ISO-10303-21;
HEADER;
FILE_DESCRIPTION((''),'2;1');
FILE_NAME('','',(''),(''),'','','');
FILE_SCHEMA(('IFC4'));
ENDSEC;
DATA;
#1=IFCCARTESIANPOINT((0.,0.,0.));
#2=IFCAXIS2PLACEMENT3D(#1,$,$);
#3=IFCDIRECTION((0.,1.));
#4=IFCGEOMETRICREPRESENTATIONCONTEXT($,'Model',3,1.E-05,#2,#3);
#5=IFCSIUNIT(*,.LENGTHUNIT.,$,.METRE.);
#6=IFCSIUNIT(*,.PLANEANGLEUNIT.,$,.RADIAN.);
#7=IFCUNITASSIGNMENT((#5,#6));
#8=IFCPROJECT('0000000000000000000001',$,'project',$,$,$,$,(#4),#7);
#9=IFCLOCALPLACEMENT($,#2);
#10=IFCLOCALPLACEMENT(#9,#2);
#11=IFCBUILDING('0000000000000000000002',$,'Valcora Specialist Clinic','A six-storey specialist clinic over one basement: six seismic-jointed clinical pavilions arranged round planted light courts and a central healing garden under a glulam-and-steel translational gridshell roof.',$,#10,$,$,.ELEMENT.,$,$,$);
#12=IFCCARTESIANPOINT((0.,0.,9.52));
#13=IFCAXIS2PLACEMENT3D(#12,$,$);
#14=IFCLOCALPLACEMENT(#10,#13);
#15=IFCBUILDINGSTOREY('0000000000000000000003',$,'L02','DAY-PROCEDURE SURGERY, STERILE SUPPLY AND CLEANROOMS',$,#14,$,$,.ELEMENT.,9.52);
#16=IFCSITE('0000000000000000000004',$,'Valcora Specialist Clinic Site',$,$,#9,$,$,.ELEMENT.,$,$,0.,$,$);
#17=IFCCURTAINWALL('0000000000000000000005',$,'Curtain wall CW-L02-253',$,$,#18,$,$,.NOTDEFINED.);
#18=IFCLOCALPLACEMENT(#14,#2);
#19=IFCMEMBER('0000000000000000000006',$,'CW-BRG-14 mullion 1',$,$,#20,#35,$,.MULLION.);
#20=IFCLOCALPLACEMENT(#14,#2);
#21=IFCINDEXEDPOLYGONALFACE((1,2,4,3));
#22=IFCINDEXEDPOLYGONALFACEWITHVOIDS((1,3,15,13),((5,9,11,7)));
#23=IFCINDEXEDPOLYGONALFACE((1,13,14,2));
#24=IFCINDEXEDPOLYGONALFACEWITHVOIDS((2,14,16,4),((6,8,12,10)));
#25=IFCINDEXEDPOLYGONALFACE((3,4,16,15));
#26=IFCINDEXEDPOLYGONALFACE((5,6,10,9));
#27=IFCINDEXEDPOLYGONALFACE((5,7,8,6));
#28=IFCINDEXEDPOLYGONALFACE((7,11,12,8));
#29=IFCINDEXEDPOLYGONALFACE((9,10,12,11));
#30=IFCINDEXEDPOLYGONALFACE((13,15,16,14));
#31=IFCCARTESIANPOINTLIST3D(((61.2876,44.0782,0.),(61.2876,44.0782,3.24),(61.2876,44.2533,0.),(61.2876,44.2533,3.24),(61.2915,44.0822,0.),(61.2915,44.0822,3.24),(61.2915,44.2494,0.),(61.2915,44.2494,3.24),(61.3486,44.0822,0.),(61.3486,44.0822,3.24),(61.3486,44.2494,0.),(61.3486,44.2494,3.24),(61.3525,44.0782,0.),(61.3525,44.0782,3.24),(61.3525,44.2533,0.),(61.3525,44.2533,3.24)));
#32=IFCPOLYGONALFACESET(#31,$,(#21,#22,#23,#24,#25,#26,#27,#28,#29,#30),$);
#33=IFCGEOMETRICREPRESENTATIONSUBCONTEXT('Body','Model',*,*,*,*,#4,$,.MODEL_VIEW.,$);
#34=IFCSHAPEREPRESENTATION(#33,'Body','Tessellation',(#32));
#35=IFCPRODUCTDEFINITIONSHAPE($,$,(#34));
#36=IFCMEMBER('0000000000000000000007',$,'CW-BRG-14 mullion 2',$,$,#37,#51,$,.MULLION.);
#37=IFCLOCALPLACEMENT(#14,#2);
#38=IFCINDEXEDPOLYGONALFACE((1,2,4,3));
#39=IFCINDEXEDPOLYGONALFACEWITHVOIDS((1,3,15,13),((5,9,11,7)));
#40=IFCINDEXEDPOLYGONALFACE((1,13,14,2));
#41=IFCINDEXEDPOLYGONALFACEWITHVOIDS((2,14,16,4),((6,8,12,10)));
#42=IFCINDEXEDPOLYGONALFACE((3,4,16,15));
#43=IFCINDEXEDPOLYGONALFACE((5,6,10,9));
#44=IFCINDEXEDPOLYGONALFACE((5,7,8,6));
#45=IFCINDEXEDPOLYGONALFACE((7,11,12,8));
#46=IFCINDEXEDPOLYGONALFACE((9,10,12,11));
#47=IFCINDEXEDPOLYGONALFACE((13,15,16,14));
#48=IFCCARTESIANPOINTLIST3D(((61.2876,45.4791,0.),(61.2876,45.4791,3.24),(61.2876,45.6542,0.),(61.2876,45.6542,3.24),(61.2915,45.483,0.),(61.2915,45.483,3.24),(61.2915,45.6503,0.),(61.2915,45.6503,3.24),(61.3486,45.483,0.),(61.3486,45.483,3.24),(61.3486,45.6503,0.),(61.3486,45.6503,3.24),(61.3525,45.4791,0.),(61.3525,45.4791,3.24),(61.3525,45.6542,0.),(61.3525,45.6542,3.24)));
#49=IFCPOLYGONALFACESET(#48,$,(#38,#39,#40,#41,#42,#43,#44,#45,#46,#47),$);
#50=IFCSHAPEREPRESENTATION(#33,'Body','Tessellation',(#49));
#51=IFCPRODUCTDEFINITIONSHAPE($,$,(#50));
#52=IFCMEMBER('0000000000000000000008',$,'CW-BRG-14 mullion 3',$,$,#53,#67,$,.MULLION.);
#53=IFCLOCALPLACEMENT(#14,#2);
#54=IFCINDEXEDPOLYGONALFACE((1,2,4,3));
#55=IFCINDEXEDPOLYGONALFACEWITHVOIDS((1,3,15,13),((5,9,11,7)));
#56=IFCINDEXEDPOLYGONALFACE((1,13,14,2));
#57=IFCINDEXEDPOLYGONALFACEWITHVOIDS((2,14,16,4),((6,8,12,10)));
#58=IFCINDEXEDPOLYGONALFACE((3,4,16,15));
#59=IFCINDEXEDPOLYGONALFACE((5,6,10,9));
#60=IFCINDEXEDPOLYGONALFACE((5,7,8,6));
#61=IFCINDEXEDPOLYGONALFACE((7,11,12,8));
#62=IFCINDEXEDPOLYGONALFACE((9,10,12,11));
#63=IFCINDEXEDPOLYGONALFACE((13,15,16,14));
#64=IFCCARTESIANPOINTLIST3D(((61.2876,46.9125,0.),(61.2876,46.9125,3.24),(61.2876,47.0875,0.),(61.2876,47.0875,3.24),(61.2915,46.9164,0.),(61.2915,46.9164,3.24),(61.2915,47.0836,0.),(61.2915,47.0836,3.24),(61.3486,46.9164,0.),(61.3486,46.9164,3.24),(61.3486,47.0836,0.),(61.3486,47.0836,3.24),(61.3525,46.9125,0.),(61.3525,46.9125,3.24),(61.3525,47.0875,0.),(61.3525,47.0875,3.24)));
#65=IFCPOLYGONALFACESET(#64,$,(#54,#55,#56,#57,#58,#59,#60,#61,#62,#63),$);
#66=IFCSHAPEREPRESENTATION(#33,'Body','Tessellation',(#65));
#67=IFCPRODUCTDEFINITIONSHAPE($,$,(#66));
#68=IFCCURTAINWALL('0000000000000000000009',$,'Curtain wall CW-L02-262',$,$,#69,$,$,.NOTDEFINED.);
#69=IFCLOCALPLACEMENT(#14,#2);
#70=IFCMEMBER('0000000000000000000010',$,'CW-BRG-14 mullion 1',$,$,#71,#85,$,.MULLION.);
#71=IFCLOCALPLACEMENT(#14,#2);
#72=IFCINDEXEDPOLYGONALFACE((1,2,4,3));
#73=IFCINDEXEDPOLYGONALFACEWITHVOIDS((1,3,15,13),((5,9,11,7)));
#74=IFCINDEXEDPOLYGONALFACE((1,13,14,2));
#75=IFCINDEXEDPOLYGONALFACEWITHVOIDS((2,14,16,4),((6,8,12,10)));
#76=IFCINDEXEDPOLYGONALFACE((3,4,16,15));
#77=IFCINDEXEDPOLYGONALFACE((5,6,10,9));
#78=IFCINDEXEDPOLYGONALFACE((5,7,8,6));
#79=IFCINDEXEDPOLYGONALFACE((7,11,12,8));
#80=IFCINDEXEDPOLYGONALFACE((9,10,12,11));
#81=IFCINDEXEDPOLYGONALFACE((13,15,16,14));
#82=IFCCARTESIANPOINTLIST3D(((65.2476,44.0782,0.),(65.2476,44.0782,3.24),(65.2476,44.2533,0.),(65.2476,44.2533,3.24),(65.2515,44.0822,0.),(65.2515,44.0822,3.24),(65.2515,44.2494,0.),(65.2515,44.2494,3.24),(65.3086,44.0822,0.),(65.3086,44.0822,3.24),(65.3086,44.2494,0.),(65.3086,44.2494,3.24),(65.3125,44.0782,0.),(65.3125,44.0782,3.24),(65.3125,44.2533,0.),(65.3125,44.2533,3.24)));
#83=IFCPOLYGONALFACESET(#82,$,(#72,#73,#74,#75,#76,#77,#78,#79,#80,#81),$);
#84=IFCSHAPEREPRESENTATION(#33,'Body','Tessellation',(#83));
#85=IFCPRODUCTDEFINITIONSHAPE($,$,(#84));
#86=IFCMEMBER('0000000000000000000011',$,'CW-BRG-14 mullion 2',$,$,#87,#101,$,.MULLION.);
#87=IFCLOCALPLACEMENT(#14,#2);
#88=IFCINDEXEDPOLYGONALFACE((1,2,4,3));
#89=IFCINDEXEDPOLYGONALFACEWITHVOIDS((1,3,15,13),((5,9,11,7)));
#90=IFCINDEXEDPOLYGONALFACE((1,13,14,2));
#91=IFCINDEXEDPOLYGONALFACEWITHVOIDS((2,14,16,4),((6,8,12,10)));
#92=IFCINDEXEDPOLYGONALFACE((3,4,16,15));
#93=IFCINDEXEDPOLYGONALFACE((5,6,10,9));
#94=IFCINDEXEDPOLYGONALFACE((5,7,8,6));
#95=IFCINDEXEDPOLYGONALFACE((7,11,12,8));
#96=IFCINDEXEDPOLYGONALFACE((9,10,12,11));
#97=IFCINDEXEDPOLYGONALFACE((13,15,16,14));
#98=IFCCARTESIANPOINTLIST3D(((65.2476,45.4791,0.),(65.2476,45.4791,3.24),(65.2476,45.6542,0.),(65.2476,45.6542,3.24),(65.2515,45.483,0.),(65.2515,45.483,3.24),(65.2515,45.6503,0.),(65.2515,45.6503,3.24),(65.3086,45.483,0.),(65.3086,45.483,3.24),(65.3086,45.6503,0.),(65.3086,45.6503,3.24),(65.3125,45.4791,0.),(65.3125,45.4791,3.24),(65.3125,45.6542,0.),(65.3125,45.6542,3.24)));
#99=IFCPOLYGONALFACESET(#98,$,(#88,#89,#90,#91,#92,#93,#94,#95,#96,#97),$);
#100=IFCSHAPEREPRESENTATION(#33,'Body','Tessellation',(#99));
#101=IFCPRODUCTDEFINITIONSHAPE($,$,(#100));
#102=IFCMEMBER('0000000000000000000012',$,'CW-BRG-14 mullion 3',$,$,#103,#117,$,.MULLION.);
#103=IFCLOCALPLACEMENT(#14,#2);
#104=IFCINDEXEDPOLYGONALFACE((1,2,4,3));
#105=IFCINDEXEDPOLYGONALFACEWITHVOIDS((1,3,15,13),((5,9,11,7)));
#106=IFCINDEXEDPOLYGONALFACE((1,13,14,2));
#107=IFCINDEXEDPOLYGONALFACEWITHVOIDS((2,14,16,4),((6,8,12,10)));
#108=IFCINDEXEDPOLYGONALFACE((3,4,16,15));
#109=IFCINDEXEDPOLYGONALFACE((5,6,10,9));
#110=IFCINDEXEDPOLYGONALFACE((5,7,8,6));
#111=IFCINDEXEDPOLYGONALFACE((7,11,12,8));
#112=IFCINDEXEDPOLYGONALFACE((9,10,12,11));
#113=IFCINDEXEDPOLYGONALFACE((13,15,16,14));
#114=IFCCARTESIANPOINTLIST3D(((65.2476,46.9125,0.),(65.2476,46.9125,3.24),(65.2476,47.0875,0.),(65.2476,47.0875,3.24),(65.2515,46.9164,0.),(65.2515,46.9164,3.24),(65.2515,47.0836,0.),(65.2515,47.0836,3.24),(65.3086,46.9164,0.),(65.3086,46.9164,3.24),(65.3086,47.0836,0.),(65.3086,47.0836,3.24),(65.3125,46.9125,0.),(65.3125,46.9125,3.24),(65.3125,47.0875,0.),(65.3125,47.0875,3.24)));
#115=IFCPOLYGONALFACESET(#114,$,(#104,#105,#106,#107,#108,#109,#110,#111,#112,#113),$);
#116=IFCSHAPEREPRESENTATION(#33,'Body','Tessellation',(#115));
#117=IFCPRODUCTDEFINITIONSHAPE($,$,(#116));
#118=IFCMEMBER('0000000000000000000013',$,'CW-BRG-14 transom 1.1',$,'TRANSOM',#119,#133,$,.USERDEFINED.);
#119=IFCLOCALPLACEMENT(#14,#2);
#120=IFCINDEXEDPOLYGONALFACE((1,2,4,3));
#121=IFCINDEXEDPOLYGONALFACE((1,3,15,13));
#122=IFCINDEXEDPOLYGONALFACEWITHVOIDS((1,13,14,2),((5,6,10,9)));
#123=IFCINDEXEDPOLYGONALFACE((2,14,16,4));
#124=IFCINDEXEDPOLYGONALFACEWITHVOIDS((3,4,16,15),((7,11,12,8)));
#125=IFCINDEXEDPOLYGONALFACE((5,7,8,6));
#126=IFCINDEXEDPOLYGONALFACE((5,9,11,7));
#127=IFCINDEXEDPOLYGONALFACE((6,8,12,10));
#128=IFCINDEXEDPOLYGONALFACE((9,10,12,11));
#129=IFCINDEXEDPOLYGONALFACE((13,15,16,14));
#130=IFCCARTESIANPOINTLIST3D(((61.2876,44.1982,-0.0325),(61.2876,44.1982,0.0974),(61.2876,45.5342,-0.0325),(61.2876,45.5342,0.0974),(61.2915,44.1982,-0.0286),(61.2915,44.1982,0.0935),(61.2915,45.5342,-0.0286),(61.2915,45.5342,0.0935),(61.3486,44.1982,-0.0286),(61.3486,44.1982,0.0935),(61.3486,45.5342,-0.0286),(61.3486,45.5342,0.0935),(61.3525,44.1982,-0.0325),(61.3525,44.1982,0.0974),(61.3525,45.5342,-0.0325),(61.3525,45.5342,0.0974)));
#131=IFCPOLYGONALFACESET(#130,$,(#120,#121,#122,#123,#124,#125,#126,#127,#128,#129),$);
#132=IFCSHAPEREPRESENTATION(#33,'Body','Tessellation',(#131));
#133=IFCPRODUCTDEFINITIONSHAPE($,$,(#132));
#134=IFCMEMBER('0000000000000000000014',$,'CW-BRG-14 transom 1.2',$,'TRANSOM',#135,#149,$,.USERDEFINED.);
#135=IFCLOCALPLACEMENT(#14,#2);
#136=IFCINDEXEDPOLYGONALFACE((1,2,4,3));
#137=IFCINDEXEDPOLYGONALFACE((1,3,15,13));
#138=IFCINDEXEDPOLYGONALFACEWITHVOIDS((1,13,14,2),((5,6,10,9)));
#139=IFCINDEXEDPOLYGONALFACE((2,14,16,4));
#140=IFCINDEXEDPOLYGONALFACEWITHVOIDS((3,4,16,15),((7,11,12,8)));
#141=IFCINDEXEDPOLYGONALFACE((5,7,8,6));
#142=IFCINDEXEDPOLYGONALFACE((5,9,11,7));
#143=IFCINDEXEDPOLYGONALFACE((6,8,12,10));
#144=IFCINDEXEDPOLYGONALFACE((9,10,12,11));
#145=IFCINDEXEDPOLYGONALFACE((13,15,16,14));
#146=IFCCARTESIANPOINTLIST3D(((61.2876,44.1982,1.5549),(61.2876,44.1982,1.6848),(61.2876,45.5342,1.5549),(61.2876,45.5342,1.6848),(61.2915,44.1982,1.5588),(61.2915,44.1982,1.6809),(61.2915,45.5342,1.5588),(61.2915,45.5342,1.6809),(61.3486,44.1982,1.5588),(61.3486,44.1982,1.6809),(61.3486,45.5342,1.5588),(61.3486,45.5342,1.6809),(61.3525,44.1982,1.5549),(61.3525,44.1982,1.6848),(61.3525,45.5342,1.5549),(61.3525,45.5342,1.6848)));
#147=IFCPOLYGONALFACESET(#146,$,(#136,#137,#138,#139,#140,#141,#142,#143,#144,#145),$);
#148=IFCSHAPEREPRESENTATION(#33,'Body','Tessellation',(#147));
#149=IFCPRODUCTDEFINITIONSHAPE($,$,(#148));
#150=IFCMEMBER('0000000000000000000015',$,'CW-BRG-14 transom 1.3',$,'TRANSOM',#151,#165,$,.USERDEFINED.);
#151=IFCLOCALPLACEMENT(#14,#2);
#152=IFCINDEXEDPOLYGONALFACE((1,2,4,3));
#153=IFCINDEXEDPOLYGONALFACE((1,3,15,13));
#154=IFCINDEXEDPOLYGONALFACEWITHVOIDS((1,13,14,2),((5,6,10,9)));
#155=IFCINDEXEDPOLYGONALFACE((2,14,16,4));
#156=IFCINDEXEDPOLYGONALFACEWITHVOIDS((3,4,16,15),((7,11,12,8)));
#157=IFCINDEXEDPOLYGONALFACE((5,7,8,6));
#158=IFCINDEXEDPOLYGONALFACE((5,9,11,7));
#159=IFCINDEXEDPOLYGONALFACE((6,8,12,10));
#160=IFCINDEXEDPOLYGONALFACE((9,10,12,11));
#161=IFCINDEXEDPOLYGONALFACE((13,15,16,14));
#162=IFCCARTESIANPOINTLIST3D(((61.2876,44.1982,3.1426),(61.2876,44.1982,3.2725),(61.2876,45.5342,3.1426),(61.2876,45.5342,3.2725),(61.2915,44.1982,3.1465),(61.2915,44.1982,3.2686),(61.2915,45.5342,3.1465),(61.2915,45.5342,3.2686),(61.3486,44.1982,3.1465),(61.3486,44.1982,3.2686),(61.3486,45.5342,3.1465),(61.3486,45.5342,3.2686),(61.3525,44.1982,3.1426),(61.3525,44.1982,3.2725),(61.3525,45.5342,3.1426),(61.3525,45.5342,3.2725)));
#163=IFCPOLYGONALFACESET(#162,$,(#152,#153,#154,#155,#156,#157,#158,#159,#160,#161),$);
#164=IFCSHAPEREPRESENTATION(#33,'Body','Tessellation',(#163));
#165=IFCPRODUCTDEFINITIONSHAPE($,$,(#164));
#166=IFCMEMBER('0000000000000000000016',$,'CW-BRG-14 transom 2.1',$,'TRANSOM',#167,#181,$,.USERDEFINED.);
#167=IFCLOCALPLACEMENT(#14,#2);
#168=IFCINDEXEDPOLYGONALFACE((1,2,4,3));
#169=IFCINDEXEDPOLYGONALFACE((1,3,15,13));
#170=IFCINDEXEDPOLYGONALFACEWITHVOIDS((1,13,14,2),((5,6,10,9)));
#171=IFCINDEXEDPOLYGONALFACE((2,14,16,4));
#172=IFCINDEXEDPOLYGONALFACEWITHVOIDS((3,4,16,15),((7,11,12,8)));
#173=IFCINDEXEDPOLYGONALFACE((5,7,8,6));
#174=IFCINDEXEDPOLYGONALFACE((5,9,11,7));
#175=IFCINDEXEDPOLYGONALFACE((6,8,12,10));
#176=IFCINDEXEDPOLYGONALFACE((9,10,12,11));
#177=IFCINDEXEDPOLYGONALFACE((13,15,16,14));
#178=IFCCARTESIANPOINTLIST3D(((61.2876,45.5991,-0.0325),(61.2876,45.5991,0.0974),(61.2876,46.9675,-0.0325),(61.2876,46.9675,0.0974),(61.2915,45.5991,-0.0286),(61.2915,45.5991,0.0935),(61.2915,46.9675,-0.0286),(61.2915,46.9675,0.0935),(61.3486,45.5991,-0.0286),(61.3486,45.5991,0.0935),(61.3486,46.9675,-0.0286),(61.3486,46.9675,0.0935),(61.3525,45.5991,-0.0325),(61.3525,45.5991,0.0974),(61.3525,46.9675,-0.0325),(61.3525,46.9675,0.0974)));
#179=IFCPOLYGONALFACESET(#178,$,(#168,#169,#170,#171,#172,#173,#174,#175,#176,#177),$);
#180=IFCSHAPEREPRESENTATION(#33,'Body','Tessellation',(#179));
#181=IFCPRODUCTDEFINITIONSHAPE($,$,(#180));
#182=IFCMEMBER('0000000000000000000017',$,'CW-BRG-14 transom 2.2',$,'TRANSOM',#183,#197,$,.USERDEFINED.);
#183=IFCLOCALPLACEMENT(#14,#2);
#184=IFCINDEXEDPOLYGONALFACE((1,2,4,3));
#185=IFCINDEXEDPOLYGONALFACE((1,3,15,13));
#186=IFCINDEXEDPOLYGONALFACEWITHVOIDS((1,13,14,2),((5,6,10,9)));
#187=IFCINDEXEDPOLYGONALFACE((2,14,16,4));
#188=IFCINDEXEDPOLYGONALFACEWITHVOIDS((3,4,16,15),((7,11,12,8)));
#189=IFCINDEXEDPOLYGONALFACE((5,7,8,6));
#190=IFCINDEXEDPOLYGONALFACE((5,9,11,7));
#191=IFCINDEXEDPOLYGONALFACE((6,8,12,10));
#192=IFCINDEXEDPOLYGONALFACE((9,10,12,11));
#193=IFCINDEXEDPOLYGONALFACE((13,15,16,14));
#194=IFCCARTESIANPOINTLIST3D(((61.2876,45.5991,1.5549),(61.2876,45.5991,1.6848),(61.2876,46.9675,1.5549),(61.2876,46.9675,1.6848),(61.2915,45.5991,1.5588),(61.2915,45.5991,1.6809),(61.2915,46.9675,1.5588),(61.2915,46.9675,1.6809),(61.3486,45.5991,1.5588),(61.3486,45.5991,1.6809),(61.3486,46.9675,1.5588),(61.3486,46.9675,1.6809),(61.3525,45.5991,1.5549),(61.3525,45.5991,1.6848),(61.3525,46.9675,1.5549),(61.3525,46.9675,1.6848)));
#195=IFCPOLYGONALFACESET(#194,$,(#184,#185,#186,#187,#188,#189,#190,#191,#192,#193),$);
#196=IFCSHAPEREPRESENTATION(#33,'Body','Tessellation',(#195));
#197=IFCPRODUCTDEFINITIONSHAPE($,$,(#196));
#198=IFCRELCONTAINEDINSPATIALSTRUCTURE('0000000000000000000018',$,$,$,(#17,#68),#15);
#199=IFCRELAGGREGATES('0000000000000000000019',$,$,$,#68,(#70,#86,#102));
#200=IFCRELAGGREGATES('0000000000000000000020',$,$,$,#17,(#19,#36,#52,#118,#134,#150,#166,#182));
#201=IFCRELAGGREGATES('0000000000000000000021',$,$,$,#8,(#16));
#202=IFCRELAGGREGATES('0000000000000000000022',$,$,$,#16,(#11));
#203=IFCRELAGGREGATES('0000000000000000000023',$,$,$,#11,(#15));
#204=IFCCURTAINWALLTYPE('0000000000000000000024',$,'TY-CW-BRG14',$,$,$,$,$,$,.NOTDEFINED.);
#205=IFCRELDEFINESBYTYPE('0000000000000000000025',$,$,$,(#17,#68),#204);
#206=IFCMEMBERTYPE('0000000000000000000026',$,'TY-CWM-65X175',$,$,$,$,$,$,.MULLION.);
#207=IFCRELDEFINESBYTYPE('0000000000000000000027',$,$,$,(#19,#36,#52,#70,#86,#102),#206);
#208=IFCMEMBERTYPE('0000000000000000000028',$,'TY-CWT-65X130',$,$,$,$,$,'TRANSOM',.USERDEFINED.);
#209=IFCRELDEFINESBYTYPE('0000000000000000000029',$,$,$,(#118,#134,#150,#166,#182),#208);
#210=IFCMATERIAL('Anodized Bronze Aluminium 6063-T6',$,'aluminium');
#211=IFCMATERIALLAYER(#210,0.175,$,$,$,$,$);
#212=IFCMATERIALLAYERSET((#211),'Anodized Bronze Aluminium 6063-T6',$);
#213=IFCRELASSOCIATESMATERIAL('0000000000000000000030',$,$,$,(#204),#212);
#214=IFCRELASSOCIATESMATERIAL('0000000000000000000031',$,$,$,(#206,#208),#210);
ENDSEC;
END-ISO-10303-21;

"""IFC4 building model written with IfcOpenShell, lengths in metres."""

from ifc_helpers import new_model, si_unit, direction, frame, origin, origin_2d, place, context, subcontext, project, spatial, hollow_rectangle, extrude, material, layer, layer_set, material_profile, profile_set, type_object, element, aggregate, save


model = new_model("IFC4")

# Units and contexts
model_context = context("Model", 3, precision=1e-05, world=origin(), true_north=direction((0.0, 1.0)))
body_context = subcontext(model_context, "Body", "Model", "MODEL_VIEW")
ifc_project = project(units=[si_unit("LENGTHUNIT", "METRE"), si_unit("PLANEANGLEUNIT", "RADIAN")], contexts=[model_context])

# Site, building, storey
site_placement = place(None, origin())
site = spatial("IfcSite", under=ifc_project, at=site_placement, Name="Valcora Specialist Clinic Site", CompositionType="ELEMENT", RefElevation=0.0)
building_placement = place(site_placement, origin())
building = spatial("IfcBuilding", under=site, at=building_placement, Name="Valcora Specialist Clinic", Description="A six-storey specialist clinic over one basement: six seismic-jointed clinical pavilions arranged round planted light courts and a central healing garden under a glulam-and-steel translational gridshell roof.", CompositionType="ELEMENT")
storey_placement = place(building_placement, frame((0.0, 0.0, 9.52)))
storey = spatial("IfcBuildingStorey", under=building, at=storey_placement, Name="L02", Description="DAY-PROCEDURE SURGERY, STERILE SUPPLY AND CLEANROOMS", CompositionType="ELEMENT", Elevation=9.52)

# Curtain walls, members
ifc_material_1 = material(Name="Anodized Bronze Aluminium 6063-T6", Category="aluminium")
ifc_layer_1 = layer(ifc_material_1, 0.175)
ifc_layer_set_1 = layer_set([ifc_layer_1], Name="Anodized Bronze Aluminium 6063-T6")
curtain_wall_type = type_object("IfcCurtainWallType", Name="TY-CW-BRG14", PredefinedType="NOTDEFINED", material=ifc_layer_set_1)
curtain_wall_1_placement = place(storey_placement, origin())
curtain_wall_1 = element("IfcCurtainWall", 1, at=curtain_wall_1_placement, inside=storey, type_object=curtain_wall_type, Name="Curtain wall CW-L02-253", PredefinedType="NOTDEFINED")
ifc_material_profile_1 = material_profile(ifc_material_1, hollow_rectangle(XDim=0.0649, YDim=0.175, WallThickness=0.0039, at=origin_2d()), Name="AL-MUL-65X175")
ifc_profile_set_1 = profile_set([ifc_material_profile_1], Name="Anodized Bronze Aluminium 6063-T6")
member_type_1 = type_object("IfcMemberType", Name="TY-CWM-65X175", PredefinedType="MULLION", material=ifc_profile_set_1)
member_1_placement = place(storey_placement, frame((61.3201, 44.1658, 0.0), z_axis=(0.0, 0.0, 1.0), x_axis=(-1.0, 0.0, 0.0)))
member_1 = element("IfcMember", 2, at=member_1_placement, type_object=member_type_1, Name="CW-BRG-14 mullion 1", PredefinedType="MULLION", context=body_context, shape_type="SweptSolid", body=[
    extrude(hollow_rectangle(XDim=0.0649, YDim=0.175, WallThickness=0.0039, at=origin_2d()), origin(), (0.0, 0.0, 1.0), 3.24),
])
member_2_placement = place(storey_placement, frame((61.3201, 45.5667, 0.0), z_axis=(0.0, 0.0, 1.0), x_axis=(-1.0, 0.0, 0.0)))
member_2 = element("IfcMember", 3, at=member_2_placement, type_object=member_type_1, Name="CW-BRG-14 mullion 2", PredefinedType="MULLION", context=body_context, shape_type="SweptSolid", body=[
    extrude(hollow_rectangle(XDim=0.0649, YDim=0.175, WallThickness=0.0039, at=origin_2d()), origin(), (0.0, 0.0, 1.0), 3.24),
])
member_3_placement = place(storey_placement, frame((61.3201, 47.0, 0.0), z_axis=(0.0, 0.0, 1.0), x_axis=(-1.0, 0.0, 0.0)))
member_3 = element("IfcMember", 4, at=member_3_placement, type_object=member_type_1, Name="CW-BRG-14 mullion 3", PredefinedType="MULLION", context=body_context, shape_type="SweptSolid", body=[
    extrude(hollow_rectangle(XDim=0.0649, YDim=0.175, WallThickness=0.0039, at=origin_2d()), origin(), (0.0, 0.0, 1.0), 3.24),
])
curtain_wall_2_placement = place(storey_placement, origin())
curtain_wall_2 = element("IfcCurtainWall", 5, at=curtain_wall_2_placement, inside=storey, type_object=curtain_wall_type, Name="Curtain wall CW-L02-262", PredefinedType="NOTDEFINED")
member_4_placement = place(storey_placement, frame((65.28, 44.1658, 0.0), z_axis=(0.0, 0.0, 1.0), x_axis=(-1.0, 0.0, 0.0)))
member_4 = element("IfcMember", 6, at=member_4_placement, type_object=member_type_1, Name="CW-BRG-14 mullion 1", PredefinedType="MULLION", context=body_context, shape_type="SweptSolid", body=[
    extrude(hollow_rectangle(XDim=0.0649, YDim=0.175, WallThickness=0.0039, at=origin_2d()), origin(), (0.0, 0.0, 1.0), 3.24),
])
member_5_placement = place(storey_placement, frame((65.28, 45.5667, 0.0), z_axis=(0.0, 0.0, 1.0), x_axis=(-1.0, 0.0, 0.0)))
member_5 = element("IfcMember", 7, at=member_5_placement, type_object=member_type_1, Name="CW-BRG-14 mullion 2", PredefinedType="MULLION", context=body_context, shape_type="SweptSolid", body=[
    extrude(hollow_rectangle(XDim=0.0649, YDim=0.175, WallThickness=0.0039, at=origin_2d()), origin(), (0.0, 0.0, 1.0), 3.24),
])
member_6_placement = place(storey_placement, frame((65.28, 47.0, 0.0), z_axis=(0.0, 0.0, 1.0), x_axis=(-1.0, 0.0, 0.0)))
member_6 = element("IfcMember", 8, at=member_6_placement, type_object=member_type_1, Name="CW-BRG-14 mullion 3", PredefinedType="MULLION", context=body_context, shape_type="SweptSolid", body=[
    extrude(hollow_rectangle(XDim=0.0649, YDim=0.175, WallThickness=0.0039, at=origin_2d()), origin(), (0.0, 0.0, 1.0), 3.24),
])

# Members
ifc_material_profile_2 = material_profile(ifc_material_1, hollow_rectangle(XDim=0.0649, YDim=0.1299, WallThickness=0.0039, at=origin_2d()), Name="AL-TRN-65X130")
ifc_profile_set_2 = profile_set([ifc_material_profile_2], Name="Anodized Bronze Aluminium 6063-T6")
member_type_2 = type_object("IfcMemberType", Name="TY-CWT-65X130", ElementType="TRANSOM", PredefinedType="USERDEFINED", material=ifc_profile_set_2)
member_7_placement = place(storey_placement, frame((61.3201, 44.1982, 0.0325), z_axis=(0.0, 1.0, 0.0), x_axis=(-1.0, 0.0, 0.0)))
member_7 = element("IfcMember", 9, at=member_7_placement, type_object=member_type_2, Name="CW-BRG-14 transom 1.1", ObjectType="TRANSOM", PredefinedType="USERDEFINED", context=body_context, shape_type="SweptSolid", body=[
    extrude(hollow_rectangle(XDim=0.0649, YDim=0.1299, WallThickness=0.0039, at=origin_2d()), origin(), (0.0, 0.0, 1.0), 1.3359),
])
member_8_placement = place(storey_placement, frame((61.3201, 44.1982, 1.6199), z_axis=(0.0, 1.0, 0.0), x_axis=(-1.0, 0.0, 0.0)))
member_8 = element("IfcMember", 10, at=member_8_placement, type_object=member_type_2, Name="CW-BRG-14 transom 1.2", ObjectType="TRANSOM", PredefinedType="USERDEFINED", context=body_context, shape_type="SweptSolid", body=[
    extrude(hollow_rectangle(XDim=0.0649, YDim=0.1299, WallThickness=0.0039, at=origin_2d()), origin(), (0.0, 0.0, 1.0), 1.3359),
])
member_9_placement = place(storey_placement, frame((61.3201, 44.1982, 3.2075), z_axis=(0.0, 1.0, 0.0), x_axis=(-1.0, 0.0, 0.0)))
member_9 = element("IfcMember", 11, at=member_9_placement, type_object=member_type_2, Name="CW-BRG-14 transom 1.3", ObjectType="TRANSOM", PredefinedType="USERDEFINED", context=body_context, shape_type="SweptSolid", body=[
    extrude(hollow_rectangle(XDim=0.0649, YDim=0.1299, WallThickness=0.0039, at=origin_2d()), origin(), (0.0, 0.0, 1.0), 1.3359),
])
member_10_placement = place(storey_placement, frame((61.3201, 45.5991, 0.0325), z_axis=(0.0, 1.0, 0.0), x_axis=(-1.0, 0.0, 0.0)))
member_10 = element("IfcMember", 12, at=member_10_placement, type_object=member_type_2, Name="CW-BRG-14 transom 2.1", ObjectType="TRANSOM", PredefinedType="USERDEFINED", context=body_context, shape_type="SweptSolid", body=[
    extrude(hollow_rectangle(XDim=0.0649, YDim=0.1299, WallThickness=0.0039, at=origin_2d()), origin(), (0.0, 0.0, 1.0), 1.3684),
])
member_11_placement = place(storey_placement, frame((61.3201, 45.5991, 1.6199), z_axis=(0.0, 1.0, 0.0), x_axis=(-1.0, 0.0, 0.0)))
member_11 = element("IfcMember", 13, at=member_11_placement, type_object=member_type_2, Name="CW-BRG-14 transom 2.2", ObjectType="TRANSOM", PredefinedType="USERDEFINED", context=body_context, shape_type="SweptSolid", body=[
    extrude(hollow_rectangle(XDim=0.0649, YDim=0.1299, WallThickness=0.0039, at=origin_2d()), origin(), (0.0, 0.0, 1.0), 1.3684),
])

aggregate(curtain_wall_2, [member_4, member_5, member_6])
aggregate(curtain_wall_1, [member_1, member_2, member_3, member_7, member_8, member_9, member_10, member_11])

save(model, "model.ifc")
